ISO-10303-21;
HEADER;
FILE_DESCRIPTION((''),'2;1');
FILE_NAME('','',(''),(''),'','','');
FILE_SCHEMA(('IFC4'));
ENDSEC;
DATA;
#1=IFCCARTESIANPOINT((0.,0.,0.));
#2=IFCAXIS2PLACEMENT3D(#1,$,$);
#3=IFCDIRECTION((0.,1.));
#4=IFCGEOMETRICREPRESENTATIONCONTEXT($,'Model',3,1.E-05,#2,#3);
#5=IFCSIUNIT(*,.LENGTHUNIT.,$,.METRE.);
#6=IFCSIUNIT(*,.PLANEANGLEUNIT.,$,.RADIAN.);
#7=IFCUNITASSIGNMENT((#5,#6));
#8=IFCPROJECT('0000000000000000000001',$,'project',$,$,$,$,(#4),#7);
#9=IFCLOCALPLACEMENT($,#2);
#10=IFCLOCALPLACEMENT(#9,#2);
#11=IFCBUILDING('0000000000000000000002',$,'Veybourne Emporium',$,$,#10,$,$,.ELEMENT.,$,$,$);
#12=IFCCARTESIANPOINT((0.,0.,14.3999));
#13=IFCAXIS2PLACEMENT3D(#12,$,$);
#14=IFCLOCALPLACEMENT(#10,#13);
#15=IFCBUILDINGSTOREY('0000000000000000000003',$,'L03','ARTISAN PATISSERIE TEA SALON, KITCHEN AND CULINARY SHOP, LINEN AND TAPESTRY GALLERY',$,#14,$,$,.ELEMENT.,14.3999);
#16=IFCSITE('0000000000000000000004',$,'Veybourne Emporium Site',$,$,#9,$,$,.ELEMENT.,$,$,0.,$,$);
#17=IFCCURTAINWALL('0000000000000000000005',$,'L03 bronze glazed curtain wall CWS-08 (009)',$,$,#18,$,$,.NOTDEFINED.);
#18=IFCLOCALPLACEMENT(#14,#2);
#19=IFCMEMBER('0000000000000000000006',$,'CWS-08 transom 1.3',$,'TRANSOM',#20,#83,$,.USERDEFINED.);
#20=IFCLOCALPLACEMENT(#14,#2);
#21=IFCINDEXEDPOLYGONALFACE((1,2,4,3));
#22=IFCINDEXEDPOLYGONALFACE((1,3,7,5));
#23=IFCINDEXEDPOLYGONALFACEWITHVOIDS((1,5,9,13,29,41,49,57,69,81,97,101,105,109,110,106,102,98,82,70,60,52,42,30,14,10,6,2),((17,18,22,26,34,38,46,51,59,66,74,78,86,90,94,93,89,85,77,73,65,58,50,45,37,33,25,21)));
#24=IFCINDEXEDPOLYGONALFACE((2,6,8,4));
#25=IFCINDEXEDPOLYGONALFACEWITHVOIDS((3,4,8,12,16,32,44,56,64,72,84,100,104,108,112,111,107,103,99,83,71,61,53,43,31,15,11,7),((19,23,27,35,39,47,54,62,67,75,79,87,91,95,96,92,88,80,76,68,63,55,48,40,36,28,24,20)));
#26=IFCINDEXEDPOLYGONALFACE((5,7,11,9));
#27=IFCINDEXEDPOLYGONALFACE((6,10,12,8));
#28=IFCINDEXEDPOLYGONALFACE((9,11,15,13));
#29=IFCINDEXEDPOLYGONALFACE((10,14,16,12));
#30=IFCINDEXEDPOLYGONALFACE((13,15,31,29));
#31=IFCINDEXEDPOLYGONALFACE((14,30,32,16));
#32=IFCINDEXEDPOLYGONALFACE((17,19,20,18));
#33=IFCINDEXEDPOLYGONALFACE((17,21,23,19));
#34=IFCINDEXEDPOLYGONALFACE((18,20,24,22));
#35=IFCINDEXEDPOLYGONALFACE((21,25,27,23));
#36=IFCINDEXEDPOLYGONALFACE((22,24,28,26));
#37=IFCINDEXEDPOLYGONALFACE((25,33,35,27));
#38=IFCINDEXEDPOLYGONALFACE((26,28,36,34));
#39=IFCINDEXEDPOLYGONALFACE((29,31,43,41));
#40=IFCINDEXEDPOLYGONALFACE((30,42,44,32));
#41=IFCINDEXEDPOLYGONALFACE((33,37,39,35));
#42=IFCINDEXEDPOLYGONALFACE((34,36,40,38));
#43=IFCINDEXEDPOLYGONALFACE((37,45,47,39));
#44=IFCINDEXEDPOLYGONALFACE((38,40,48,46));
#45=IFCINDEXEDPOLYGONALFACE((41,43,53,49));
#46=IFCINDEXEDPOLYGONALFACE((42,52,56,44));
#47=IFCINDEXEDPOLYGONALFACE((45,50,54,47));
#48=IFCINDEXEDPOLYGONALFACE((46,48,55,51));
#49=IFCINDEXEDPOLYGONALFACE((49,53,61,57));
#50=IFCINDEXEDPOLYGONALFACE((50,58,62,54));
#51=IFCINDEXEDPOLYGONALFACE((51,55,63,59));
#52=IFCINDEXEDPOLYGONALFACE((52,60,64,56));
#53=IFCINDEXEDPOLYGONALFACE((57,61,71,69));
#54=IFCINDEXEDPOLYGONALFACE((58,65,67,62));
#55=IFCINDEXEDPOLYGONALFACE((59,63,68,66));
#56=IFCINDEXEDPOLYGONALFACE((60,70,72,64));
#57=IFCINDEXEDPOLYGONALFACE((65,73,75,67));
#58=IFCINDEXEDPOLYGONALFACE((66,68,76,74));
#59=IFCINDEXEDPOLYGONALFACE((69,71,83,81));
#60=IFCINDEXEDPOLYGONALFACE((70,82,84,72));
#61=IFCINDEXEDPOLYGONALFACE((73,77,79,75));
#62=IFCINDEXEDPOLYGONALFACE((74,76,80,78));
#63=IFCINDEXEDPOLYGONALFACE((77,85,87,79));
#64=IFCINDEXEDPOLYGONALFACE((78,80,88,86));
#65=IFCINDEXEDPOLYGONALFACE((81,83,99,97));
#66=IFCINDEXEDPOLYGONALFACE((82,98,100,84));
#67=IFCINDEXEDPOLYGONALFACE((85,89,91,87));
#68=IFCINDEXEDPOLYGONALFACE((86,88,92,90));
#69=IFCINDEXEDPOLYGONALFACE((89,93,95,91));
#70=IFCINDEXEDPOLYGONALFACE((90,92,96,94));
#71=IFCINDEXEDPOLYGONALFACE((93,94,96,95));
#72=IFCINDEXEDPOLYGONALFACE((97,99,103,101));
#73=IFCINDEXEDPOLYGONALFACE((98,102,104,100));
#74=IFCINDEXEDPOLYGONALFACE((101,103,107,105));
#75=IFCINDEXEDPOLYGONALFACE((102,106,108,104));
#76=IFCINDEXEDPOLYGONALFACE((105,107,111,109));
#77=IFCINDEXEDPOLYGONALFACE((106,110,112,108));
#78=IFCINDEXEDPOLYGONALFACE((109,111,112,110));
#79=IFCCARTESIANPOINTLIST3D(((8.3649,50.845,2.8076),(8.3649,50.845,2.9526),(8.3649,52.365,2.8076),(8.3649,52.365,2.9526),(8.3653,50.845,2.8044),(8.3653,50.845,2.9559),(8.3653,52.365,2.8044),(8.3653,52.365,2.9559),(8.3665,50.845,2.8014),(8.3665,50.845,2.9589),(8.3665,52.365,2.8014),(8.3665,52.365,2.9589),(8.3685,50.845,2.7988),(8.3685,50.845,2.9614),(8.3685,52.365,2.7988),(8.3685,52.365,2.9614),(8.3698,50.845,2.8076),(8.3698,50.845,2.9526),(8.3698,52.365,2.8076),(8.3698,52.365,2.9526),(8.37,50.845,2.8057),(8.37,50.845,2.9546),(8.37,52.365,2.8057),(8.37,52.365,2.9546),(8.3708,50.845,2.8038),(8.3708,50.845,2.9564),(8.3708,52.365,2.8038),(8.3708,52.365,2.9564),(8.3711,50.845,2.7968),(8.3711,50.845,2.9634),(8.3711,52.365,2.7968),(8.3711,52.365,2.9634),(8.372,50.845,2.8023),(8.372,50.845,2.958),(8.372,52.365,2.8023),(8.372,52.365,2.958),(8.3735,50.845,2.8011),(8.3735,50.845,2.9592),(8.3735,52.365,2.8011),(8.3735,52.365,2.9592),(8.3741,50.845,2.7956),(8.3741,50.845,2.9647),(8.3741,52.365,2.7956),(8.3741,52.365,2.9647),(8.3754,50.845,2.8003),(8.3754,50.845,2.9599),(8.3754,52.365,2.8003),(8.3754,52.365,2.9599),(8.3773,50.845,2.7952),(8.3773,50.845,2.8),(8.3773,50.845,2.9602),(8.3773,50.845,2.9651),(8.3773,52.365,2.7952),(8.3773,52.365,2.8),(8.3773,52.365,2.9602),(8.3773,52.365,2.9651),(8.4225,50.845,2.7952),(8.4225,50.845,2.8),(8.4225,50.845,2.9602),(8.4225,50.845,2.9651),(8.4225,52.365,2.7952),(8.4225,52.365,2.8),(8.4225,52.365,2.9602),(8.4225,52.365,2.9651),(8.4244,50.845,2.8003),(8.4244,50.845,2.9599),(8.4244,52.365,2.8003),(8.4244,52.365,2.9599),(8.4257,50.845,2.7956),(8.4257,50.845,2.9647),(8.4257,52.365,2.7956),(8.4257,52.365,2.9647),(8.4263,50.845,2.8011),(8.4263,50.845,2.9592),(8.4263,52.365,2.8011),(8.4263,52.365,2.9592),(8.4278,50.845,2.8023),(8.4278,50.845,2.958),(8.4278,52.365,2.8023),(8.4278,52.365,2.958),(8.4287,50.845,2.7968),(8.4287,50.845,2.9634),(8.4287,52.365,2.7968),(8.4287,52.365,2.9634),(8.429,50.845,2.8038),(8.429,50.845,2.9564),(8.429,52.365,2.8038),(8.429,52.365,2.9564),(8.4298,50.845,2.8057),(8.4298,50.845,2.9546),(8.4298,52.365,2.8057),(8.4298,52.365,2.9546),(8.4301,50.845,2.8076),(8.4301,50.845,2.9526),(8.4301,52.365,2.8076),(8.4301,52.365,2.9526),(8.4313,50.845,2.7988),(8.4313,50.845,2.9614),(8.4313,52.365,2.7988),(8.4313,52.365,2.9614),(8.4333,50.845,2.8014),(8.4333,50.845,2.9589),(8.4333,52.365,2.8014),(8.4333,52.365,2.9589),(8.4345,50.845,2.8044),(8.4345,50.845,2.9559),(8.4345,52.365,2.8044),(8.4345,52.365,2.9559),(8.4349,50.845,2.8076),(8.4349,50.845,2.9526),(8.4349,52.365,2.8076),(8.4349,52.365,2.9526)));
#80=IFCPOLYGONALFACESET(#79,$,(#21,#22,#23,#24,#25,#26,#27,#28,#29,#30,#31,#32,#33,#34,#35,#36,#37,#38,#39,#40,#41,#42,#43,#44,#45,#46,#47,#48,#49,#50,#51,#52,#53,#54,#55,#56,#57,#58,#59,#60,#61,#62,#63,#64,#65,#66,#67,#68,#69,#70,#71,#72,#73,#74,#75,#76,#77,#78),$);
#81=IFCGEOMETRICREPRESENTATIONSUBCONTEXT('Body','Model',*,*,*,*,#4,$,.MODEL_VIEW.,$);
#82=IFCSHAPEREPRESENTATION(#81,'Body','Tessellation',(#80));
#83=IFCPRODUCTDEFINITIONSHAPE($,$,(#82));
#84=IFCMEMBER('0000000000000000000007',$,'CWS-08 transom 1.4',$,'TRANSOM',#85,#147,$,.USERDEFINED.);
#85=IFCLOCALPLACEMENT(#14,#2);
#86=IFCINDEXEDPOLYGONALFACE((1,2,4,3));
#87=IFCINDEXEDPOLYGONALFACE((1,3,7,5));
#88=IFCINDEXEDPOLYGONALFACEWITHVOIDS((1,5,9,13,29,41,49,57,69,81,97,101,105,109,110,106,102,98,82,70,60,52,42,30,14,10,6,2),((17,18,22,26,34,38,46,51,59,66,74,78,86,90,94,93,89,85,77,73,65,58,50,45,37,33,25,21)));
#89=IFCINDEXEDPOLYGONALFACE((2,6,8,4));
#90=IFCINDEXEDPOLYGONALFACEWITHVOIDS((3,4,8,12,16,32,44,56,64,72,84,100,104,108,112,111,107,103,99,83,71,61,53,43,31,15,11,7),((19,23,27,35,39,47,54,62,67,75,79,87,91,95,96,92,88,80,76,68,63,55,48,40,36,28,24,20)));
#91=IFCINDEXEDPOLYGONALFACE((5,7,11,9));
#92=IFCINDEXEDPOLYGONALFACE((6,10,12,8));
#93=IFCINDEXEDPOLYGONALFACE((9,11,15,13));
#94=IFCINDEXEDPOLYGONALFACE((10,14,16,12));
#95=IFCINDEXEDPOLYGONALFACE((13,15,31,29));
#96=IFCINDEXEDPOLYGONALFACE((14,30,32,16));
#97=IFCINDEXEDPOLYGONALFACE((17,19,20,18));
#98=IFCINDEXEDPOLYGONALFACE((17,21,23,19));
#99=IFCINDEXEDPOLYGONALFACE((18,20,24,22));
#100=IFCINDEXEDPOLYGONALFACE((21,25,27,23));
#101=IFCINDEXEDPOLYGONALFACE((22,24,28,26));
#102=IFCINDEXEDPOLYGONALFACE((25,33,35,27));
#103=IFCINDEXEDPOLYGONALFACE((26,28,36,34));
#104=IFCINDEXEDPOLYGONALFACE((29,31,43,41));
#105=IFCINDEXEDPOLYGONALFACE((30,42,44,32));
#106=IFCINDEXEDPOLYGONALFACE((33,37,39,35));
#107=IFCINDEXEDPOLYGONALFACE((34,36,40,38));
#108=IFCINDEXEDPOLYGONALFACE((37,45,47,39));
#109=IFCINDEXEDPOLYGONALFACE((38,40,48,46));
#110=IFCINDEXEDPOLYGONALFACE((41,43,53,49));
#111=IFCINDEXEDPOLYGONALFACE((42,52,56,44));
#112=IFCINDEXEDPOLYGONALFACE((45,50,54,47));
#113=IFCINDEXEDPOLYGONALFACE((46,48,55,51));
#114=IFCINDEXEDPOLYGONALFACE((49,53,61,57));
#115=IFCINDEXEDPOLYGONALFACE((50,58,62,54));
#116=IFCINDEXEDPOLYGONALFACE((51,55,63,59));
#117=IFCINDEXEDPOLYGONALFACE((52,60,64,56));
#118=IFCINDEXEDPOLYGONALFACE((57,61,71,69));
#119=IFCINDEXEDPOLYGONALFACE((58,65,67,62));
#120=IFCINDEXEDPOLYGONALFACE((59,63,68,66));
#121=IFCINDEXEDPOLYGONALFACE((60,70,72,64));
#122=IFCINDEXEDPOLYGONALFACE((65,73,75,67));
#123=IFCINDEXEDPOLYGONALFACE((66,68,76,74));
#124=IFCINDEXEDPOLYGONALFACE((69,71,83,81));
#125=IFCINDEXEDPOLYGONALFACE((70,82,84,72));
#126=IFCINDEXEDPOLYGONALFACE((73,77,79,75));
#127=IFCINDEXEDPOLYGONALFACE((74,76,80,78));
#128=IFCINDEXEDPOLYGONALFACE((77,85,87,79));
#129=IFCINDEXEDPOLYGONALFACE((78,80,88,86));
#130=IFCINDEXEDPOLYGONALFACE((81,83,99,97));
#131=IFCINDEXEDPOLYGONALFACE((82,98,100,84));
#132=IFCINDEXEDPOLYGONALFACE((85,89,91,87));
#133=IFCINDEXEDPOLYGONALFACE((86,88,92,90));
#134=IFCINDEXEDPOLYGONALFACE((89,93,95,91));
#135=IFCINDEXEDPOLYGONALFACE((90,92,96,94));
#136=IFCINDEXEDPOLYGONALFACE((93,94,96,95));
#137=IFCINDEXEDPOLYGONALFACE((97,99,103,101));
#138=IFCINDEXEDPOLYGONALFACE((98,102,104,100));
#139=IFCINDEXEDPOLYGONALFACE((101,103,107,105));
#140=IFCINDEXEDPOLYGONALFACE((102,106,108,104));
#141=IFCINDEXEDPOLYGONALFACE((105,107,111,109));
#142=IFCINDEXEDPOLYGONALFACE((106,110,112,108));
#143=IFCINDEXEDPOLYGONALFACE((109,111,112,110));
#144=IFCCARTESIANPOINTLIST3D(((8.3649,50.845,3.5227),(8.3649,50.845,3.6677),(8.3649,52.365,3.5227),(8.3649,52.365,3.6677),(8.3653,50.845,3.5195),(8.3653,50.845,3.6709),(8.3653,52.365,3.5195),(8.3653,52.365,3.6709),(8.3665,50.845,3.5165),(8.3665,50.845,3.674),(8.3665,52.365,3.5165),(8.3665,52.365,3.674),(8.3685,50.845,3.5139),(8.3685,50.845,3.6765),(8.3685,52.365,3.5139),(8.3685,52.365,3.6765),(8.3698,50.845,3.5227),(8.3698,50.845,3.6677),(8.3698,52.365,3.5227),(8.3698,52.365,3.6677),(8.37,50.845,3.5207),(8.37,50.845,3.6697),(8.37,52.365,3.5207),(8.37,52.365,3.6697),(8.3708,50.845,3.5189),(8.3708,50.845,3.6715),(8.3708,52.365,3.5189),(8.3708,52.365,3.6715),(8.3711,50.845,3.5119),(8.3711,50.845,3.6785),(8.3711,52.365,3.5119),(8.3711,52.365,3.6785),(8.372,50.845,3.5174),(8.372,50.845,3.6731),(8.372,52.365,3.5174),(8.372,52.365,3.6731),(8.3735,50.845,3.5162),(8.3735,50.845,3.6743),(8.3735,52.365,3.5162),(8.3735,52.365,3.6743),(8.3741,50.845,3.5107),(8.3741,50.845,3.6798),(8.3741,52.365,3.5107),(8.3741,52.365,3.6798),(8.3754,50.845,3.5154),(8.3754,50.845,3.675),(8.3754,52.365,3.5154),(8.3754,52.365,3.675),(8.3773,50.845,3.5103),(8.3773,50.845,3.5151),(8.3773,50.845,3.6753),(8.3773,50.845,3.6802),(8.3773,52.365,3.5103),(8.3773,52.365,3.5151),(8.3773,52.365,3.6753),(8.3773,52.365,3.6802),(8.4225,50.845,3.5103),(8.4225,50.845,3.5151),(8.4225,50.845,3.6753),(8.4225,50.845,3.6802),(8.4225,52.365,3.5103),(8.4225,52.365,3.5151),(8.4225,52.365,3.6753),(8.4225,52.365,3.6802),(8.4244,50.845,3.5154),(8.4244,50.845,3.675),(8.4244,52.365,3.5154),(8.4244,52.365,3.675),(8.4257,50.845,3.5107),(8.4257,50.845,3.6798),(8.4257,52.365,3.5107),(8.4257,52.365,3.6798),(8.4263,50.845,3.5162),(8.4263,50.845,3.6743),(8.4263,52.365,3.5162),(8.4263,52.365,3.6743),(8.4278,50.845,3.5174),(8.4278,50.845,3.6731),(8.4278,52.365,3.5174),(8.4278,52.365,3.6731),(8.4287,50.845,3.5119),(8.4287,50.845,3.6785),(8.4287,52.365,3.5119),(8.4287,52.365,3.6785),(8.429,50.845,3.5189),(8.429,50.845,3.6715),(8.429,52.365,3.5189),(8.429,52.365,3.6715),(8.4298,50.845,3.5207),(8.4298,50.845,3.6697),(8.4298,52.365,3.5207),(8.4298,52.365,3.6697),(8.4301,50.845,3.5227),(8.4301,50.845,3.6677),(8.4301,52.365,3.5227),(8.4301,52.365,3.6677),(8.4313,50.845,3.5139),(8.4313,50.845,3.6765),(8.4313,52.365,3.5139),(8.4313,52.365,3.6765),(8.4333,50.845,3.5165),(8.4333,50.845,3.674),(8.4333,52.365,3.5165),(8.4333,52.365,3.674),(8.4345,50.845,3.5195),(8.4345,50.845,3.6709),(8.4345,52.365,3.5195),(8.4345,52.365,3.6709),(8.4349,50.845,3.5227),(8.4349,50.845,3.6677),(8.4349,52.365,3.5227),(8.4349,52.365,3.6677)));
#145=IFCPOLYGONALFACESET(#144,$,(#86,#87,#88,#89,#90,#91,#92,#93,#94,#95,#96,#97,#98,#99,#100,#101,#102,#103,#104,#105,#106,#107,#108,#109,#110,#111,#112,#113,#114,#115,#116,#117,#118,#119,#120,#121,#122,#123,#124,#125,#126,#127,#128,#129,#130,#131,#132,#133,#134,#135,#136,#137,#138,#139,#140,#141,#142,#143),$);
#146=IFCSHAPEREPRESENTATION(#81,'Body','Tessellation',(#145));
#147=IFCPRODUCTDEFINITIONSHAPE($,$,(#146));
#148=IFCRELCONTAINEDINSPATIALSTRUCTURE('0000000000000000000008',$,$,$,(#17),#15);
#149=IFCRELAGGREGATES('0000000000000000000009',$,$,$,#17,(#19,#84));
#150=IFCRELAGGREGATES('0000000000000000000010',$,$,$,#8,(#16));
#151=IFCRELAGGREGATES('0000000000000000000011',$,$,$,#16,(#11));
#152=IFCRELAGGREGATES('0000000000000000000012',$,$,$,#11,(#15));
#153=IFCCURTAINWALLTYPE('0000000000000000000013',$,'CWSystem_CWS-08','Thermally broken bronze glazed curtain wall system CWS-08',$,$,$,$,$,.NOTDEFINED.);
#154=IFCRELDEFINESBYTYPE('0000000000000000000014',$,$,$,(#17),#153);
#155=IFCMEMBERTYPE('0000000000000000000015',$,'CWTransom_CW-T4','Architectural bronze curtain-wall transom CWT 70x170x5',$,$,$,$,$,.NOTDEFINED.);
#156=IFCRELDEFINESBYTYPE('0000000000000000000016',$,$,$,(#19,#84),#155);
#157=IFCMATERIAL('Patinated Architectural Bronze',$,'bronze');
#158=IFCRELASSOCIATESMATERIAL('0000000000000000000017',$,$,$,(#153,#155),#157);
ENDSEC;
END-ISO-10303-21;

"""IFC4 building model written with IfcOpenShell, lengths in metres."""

from ifc_helpers import new_model, si_unit, direction, frame, origin, origin_2d, place, context, subcontext, project, spatial, hollow_rectangle, extrude, material, material_profile, profile_set, type_object, element, aggregate, save


model = new_model("IFC4")

# Units and contexts
model_context = context("Model", 3, precision=1e-05, world=origin(), true_north=direction((0.0, 1.0)))
body_context = subcontext(model_context, "Body", "Model", "MODEL_VIEW")
ifc_project = project(units=[si_unit("LENGTHUNIT", "METRE"), si_unit("PLANEANGLEUNIT", "RADIAN")], contexts=[model_context])

# Site, building, storey
site_placement = place(None, origin())
site = spatial("IfcSite", under=ifc_project, at=site_placement, Name="Veybourne Emporium Site", CompositionType="ELEMENT", RefElevation=0.0)
building_placement = place(site_placement, origin())
building = spatial("IfcBuilding", under=site, at=building_placement, Name="Veybourne Emporium", CompositionType="ELEMENT")
storey_placement = place(building_placement, frame((0.0, 0.0, 14.3999)))
storey = spatial("IfcBuildingStorey", under=building, at=storey_placement, Name="L03", Description="ARTISAN PATISSERIE TEA SALON, KITCHEN AND CULINARY SHOP, LINEN AND TAPESTRY GALLERY", CompositionType="ELEMENT", Elevation=14.3999)

# Curtain wall
ifc_material_1 = material(Name="Patinated Architectural Bronze", Category="bronze")
curtain_wall_type_1 = type_object("IfcCurtainWallType", Name="CWSystem_CWS-08", Description="Thermally broken bronze glazed curtain wall system CWS-08", PredefinedType="NOTDEFINED", material=ifc_material_1)
curtain_wall_1_placement = place(storey_placement, origin())
curtain_wall_1 = element("IfcCurtainWall", 1, at=curtain_wall_1_placement, inside=storey, type_object=curtain_wall_type_1, Name="L03 bronze glazed curtain wall CWS-08 (009)", PredefinedType="NOTDEFINED")

# Members
ifc_material_profile_1 = material_profile(ifc_material_1, hollow_rectangle(XDim=0.0701, YDim=0.1699, WallThickness=0.0049, InnerFilletRadius=0.0076, OuterFilletRadius=0.0125, at=origin_2d()), Name="CWT 70x170x5")
ifc_profile_set_1 = profile_set([ifc_material_profile_1], Name="Patinated Architectural Bronze")
member_type_1 = type_object("IfcMemberType", Name="CWTransom_CW-T4", Description="Architectural bronze curtain-wall transom CWT 70x170x5", PredefinedType="NOTDEFINED", material=ifc_profile_set_1)
member_1_placement = place(storey_placement, frame((8.3999, 50.845, 2.8801), z_axis=(0.0, 1.0, 0.0), x_axis=(-1.0, 0.0, 0.0)))
member_1 = element("IfcMember", 2, at=member_1_placement, type_object=member_type_1, Name="CWS-08 transom 1.3", ObjectType="TRANSOM", PredefinedType="USERDEFINED", context=body_context, shape_type="SweptSolid", body=[
    extrude(hollow_rectangle(XDim=0.0701, YDim=0.1699, WallThickness=0.0049, InnerFilletRadius=0.0076, OuterFilletRadius=0.0125, at=origin_2d()), origin(), (0.0, 0.0, 1.0), 1.52),
])
member_2_placement = place(storey_placement, frame((8.3999, 50.845, 3.5952), z_axis=(0.0, 1.0, 0.0), x_axis=(-1.0, 0.0, 0.0)))
member_2 = element("IfcMember", 3, at=member_2_placement, type_object=member_type_1, Name="CWS-08 transom 1.4", ObjectType="TRANSOM", PredefinedType="USERDEFINED", context=body_context, shape_type="SweptSolid", body=[
    extrude(hollow_rectangle(XDim=0.0701, YDim=0.1699, WallThickness=0.0049, InnerFilletRadius=0.0076, OuterFilletRadius=0.0125, at=origin_2d()), origin(), (0.0, 0.0, 1.0), 1.52),
])

aggregate(curtain_wall_1, [member_1, member_2])

save(model, "model.ifc")
